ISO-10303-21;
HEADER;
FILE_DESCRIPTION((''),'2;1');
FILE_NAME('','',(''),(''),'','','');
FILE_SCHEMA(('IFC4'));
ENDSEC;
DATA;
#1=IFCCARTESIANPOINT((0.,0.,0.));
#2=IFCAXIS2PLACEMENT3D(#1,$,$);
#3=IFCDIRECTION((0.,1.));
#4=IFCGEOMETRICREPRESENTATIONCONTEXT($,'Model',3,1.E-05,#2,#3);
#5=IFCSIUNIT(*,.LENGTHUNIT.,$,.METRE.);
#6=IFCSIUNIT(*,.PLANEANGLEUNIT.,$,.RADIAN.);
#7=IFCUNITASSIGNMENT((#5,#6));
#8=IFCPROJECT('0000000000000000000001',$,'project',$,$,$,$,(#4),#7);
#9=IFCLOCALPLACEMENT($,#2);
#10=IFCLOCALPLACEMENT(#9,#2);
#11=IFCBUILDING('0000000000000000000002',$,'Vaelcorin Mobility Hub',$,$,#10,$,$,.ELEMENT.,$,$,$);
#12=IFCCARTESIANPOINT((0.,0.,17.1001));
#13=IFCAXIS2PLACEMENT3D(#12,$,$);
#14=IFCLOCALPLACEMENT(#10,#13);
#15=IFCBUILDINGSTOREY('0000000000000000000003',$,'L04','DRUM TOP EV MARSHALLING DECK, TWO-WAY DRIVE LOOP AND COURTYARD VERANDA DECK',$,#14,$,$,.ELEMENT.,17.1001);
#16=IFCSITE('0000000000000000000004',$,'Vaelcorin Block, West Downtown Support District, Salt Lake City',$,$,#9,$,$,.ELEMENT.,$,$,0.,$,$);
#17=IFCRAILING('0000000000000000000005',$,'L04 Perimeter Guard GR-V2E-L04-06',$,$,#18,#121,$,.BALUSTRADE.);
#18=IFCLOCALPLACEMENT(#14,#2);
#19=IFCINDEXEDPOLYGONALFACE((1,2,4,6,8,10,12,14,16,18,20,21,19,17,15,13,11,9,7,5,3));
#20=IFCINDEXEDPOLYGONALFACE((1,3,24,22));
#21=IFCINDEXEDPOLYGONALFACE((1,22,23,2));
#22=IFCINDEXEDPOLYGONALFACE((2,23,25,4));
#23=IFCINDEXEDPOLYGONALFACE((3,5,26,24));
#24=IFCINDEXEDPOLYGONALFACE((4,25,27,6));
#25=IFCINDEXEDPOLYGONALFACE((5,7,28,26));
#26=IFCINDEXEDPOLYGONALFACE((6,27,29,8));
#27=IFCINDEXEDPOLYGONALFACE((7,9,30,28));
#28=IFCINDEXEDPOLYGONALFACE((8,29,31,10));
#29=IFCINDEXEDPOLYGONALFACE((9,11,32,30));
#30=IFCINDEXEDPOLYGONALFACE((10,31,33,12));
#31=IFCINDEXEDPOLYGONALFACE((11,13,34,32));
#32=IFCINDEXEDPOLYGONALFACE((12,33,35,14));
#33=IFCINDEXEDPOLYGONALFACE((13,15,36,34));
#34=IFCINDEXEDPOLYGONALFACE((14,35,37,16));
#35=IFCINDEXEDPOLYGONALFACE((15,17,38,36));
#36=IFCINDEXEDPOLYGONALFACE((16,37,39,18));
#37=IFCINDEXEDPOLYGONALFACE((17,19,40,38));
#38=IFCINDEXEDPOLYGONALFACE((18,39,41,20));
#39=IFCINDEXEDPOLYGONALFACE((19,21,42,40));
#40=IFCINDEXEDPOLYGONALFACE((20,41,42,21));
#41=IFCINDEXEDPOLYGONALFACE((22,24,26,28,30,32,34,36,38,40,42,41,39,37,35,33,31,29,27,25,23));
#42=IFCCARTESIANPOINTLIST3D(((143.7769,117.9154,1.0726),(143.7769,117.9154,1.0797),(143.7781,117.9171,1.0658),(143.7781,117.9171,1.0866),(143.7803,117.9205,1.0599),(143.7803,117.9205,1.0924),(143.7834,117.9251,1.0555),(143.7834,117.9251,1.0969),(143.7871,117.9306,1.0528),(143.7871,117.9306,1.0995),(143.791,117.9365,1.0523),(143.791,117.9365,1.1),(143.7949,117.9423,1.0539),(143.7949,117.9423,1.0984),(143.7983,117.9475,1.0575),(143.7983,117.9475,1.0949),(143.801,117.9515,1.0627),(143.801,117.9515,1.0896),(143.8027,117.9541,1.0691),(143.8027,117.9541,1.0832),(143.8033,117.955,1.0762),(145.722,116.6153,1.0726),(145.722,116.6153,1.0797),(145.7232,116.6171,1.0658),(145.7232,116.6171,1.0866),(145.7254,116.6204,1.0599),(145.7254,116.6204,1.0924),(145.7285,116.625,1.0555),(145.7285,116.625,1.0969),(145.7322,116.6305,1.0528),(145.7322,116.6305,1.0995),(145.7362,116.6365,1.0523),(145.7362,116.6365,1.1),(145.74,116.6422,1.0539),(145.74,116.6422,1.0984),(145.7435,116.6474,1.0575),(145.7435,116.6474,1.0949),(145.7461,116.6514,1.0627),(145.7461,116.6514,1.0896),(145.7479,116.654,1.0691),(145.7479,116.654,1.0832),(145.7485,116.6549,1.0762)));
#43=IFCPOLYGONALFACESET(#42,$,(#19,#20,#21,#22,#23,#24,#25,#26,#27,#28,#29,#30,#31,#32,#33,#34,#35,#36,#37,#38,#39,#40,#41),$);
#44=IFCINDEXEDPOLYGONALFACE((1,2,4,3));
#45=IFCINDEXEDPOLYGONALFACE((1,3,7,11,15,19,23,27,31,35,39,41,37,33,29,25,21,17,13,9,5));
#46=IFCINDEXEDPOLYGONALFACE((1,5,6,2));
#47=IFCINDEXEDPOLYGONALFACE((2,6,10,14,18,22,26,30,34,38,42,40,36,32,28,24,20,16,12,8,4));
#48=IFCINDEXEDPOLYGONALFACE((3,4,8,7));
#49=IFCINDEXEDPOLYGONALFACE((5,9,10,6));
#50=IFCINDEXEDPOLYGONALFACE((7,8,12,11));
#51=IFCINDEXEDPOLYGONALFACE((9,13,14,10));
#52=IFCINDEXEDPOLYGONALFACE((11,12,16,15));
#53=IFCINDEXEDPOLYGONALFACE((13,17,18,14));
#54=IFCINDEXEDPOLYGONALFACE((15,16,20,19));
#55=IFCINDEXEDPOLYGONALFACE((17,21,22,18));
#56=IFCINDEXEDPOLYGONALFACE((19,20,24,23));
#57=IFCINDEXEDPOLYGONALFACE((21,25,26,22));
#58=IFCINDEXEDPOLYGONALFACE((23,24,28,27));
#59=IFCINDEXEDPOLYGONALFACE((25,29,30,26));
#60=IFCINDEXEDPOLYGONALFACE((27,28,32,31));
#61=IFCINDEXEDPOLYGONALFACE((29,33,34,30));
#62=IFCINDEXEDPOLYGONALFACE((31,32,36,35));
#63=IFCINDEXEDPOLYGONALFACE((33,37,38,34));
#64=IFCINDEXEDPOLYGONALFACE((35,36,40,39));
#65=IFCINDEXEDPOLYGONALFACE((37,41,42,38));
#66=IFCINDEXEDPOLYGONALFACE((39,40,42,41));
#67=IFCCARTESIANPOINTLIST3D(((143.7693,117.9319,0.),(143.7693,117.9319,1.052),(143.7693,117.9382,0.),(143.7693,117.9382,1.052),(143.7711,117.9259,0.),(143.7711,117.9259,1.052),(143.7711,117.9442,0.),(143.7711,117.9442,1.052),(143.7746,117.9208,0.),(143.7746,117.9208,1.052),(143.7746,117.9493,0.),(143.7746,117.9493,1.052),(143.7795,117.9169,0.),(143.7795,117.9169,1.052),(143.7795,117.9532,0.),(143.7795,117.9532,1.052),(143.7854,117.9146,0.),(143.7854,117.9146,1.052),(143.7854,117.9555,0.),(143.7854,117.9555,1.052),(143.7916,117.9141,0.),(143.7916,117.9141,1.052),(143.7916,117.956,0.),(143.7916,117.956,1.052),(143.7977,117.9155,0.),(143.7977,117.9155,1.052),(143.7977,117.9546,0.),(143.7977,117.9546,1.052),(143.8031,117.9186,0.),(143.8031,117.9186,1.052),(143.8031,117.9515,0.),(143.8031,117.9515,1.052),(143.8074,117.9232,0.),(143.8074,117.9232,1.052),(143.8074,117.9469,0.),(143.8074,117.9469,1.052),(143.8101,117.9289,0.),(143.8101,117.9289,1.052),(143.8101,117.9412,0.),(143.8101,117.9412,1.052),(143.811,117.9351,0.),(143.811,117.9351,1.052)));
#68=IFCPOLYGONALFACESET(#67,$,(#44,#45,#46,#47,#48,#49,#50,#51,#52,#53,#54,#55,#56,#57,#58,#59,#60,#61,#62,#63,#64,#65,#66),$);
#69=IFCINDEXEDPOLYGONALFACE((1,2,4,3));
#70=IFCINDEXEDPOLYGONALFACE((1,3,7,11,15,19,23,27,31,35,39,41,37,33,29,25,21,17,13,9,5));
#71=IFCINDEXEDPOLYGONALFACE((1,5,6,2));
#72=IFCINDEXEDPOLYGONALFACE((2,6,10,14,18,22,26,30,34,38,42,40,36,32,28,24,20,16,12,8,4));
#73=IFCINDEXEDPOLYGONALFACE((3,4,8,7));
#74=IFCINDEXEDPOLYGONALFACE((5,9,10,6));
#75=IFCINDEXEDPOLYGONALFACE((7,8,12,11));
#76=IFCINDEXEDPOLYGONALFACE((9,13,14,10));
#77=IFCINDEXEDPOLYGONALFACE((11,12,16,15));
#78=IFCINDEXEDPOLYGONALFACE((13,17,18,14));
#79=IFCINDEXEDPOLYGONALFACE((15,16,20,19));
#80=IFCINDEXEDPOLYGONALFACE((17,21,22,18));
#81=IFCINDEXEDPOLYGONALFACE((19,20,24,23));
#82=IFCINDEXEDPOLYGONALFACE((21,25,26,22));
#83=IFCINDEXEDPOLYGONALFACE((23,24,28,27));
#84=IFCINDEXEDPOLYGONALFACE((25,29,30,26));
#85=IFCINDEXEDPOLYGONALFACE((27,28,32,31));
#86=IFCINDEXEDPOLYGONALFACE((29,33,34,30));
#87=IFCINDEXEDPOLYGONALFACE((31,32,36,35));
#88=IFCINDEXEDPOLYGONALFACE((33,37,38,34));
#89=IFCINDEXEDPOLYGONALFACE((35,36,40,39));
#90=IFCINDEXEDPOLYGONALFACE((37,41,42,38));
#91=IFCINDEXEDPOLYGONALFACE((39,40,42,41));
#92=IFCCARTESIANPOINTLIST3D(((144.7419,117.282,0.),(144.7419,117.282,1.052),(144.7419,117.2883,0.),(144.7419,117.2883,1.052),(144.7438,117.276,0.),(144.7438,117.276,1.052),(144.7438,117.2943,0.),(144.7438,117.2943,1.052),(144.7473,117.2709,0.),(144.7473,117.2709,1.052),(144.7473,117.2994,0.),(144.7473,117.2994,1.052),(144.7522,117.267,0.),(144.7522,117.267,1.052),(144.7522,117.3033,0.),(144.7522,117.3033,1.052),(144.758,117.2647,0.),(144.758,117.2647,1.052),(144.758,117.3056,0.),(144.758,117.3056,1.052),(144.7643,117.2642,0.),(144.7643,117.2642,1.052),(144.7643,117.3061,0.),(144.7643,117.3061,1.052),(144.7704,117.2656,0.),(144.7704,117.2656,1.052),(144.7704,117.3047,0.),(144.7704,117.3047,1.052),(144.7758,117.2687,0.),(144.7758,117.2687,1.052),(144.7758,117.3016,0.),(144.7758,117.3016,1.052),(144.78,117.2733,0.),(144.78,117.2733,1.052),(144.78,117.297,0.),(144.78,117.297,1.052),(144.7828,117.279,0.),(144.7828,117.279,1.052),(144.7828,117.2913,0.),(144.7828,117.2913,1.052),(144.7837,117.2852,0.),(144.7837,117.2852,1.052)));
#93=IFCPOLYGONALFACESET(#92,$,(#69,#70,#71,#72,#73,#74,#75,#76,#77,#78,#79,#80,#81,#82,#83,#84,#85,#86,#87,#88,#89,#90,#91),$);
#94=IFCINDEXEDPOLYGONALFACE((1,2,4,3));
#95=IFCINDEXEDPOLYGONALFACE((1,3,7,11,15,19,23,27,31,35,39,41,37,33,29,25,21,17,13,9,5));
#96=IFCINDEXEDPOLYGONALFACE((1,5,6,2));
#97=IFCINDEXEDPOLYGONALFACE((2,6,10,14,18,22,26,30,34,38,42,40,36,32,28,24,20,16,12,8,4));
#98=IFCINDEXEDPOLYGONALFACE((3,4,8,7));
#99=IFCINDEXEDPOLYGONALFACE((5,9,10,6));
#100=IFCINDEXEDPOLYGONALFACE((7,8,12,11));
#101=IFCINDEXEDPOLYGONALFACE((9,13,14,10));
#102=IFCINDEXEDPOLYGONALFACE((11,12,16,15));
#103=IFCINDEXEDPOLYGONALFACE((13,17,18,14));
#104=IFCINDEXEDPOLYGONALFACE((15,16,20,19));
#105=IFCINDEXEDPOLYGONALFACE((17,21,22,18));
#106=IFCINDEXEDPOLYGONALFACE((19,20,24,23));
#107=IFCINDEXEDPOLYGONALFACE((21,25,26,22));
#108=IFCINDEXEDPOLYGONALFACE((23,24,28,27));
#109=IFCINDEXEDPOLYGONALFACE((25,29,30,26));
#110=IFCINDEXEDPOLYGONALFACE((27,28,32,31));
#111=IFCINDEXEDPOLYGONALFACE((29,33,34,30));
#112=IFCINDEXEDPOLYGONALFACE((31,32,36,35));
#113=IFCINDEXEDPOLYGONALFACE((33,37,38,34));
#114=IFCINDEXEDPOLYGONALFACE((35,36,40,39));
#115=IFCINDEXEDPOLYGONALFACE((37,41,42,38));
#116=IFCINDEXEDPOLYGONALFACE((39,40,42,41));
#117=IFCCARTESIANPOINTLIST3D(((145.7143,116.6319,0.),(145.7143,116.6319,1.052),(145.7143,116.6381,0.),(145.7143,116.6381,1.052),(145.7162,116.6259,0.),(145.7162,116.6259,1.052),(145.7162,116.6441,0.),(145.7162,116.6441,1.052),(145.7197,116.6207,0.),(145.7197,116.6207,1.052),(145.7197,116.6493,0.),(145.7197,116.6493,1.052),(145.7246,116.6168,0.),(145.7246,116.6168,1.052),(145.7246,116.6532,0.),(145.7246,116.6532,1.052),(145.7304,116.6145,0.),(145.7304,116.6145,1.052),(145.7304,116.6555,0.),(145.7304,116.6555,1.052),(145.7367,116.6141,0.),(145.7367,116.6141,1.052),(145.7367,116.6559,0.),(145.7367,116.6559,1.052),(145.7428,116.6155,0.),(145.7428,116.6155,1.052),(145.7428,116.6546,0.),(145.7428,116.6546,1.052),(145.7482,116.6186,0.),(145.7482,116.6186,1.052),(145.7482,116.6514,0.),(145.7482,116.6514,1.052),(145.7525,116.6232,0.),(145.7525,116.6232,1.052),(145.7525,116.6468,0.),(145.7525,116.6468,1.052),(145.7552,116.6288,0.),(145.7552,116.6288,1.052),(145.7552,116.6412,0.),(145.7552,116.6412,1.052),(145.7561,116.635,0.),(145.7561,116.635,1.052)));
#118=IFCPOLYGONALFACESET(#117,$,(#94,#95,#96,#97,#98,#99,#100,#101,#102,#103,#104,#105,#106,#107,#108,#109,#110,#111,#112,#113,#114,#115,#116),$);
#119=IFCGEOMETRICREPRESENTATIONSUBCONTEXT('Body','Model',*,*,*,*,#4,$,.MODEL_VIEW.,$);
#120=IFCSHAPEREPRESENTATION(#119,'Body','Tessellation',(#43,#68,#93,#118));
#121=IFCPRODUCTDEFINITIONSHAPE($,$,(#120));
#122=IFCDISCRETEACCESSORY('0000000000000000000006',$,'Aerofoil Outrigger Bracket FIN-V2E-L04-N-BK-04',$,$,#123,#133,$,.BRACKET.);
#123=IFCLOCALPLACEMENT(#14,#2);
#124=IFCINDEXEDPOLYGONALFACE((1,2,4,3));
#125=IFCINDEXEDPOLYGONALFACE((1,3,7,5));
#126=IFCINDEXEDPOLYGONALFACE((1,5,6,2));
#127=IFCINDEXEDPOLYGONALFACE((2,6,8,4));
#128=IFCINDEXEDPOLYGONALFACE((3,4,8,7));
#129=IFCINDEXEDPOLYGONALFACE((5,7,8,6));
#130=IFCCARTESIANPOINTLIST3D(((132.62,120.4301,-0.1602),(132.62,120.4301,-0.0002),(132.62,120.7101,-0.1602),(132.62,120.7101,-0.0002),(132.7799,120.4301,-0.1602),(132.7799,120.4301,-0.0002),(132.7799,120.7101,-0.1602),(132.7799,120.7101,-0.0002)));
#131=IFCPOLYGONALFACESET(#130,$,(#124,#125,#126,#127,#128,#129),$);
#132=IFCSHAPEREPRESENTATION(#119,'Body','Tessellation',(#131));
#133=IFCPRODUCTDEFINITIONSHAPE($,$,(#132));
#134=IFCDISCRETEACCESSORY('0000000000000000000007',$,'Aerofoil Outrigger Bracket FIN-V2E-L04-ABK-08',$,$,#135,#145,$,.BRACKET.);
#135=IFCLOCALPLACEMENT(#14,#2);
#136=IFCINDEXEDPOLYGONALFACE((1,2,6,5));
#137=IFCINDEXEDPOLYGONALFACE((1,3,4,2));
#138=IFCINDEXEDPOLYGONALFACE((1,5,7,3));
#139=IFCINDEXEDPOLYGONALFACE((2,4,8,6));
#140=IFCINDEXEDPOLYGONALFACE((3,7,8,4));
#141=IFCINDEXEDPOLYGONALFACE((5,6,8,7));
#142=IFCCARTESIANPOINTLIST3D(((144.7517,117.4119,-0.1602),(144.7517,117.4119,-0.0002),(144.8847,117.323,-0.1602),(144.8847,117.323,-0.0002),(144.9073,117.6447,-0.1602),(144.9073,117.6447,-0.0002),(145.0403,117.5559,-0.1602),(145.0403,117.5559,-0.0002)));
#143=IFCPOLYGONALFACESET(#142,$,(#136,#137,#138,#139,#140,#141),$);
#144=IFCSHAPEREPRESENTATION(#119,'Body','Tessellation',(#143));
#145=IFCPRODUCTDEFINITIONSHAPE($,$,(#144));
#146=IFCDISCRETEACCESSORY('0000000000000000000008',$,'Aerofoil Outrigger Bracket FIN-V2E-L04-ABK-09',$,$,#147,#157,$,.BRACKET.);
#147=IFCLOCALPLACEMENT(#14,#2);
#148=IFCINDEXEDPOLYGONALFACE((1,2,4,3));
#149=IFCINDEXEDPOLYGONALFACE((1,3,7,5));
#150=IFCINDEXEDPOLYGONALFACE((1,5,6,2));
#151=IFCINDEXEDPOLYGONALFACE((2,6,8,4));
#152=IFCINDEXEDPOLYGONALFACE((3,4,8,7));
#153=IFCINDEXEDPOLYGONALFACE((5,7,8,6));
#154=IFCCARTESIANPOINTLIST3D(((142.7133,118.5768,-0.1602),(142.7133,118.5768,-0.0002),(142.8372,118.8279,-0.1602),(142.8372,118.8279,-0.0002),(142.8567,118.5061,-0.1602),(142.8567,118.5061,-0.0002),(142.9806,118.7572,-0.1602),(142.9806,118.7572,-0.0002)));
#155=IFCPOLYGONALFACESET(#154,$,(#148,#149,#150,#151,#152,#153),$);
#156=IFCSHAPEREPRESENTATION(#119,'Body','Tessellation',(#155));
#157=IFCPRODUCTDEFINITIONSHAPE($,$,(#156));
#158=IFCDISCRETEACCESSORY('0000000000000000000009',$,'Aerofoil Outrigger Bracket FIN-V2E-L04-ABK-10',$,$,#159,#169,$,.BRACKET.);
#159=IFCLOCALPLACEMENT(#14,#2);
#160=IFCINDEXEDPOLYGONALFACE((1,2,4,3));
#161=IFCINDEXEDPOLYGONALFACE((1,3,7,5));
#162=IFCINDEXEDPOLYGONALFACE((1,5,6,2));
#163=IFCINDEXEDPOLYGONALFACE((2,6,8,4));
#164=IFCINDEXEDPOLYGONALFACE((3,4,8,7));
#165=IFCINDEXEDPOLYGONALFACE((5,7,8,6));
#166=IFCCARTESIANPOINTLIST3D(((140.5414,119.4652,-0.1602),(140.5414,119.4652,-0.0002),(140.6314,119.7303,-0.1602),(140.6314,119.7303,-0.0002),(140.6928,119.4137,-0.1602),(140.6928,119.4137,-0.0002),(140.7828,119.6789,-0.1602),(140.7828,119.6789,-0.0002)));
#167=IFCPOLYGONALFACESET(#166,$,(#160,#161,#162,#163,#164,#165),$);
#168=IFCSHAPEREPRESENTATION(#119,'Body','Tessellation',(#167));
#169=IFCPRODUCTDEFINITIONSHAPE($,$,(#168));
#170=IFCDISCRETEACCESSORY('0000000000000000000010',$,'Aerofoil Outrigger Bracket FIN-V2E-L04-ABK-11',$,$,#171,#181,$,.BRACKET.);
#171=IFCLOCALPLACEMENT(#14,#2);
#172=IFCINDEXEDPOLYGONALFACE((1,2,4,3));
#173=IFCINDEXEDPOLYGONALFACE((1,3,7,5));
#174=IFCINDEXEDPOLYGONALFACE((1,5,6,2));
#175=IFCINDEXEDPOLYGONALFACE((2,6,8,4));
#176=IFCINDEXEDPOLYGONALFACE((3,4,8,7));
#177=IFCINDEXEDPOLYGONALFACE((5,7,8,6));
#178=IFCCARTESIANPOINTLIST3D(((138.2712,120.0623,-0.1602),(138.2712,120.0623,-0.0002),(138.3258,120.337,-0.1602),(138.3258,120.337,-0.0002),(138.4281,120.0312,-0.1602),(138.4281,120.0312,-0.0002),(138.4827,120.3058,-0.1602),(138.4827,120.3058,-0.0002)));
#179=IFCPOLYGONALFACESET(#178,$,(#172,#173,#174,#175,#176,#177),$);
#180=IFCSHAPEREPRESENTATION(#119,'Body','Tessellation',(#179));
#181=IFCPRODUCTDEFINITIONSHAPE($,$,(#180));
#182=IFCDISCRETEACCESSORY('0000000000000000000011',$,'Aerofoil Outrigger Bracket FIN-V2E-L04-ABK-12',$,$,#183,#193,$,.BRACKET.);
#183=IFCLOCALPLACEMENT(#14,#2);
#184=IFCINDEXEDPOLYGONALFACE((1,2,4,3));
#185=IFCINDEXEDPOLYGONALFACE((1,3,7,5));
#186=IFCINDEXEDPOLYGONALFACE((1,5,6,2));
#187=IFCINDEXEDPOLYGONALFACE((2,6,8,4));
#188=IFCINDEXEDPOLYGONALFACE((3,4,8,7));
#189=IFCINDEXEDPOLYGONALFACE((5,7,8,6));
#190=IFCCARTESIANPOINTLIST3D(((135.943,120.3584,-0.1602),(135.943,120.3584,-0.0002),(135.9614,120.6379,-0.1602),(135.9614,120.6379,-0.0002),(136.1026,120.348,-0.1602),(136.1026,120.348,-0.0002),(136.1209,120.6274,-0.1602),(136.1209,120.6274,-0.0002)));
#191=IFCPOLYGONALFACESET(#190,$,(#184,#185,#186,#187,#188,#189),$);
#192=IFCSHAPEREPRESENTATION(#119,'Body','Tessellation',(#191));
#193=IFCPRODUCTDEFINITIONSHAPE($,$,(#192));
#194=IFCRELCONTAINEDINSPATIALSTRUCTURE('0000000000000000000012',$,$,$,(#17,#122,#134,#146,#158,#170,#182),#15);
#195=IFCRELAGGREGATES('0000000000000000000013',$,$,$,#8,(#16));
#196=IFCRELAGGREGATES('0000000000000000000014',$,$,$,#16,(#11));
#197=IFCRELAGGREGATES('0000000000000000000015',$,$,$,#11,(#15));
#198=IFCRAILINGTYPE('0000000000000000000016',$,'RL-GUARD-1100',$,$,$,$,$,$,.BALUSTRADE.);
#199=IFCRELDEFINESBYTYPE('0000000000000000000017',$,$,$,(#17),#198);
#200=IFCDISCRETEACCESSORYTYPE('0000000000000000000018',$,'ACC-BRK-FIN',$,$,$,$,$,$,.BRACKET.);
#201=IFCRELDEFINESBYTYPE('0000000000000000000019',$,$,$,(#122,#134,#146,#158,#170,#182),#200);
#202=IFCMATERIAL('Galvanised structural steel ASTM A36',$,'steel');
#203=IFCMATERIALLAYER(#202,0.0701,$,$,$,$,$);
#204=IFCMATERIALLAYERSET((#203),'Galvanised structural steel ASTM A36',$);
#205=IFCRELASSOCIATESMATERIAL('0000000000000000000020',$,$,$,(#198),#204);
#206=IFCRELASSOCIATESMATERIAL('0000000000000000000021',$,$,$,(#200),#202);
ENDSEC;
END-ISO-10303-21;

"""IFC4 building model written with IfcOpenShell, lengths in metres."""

from ifc_helpers import new_model, si_unit, direction, frame, origin, origin_2d, place, context, subcontext, project, spatial, rectangle, circle, extrude, material, layer, layer_set, type_object, element, save


model = new_model("IFC4")

# Units and contexts
model_context = context("Model", 3, precision=1e-05, world=origin(), true_north=direction((0.0, 1.0)))
body_context = subcontext(model_context, "Body", "Model", "MODEL_VIEW")
ifc_project = project(units=[si_unit("LENGTHUNIT", "METRE"), si_unit("PLANEANGLEUNIT", "RADIAN")], contexts=[model_context])

# Site, building, storey
site_placement = place(None, origin())
site = spatial("IfcSite", under=ifc_project, at=site_placement, Name="Vaelcorin Block, West Downtown Support District, Salt Lake City", CompositionType="ELEMENT", RefElevation=0.0)
building_placement = place(site_placement, origin())
building = spatial("IfcBuilding", under=site, at=building_placement, Name="Vaelcorin Mobility Hub", CompositionType="ELEMENT")
storey_placement = place(building_placement, frame((0.0, 0.0, 17.1001)))
storey = spatial("IfcBuildingStorey", under=building, at=storey_placement, Name="L04", Description="DRUM TOP EV MARSHALLING DECK, TWO-WAY DRIVE LOOP AND COURTYARD VERANDA DECK", CompositionType="ELEMENT", Elevation=17.1001)

# Railing
ifc_material_1 = material(Name="Galvanised structural steel ASTM A36", Category="steel")
ifc_layer_1 = layer(ifc_material_1, 0.0701)
ifc_layer_set_1 = layer_set([ifc_layer_1], Name="Galvanised structural steel ASTM A36")
railing_type = type_object("IfcRailingType", Name="RL-GUARD-1100", PredefinedType="BALUSTRADE", material=ifc_layer_set_1)
railing_1_placement = place(storey_placement, frame((143.79, 117.9351, 0.0)))
element("IfcRailing", 1, at=railing_1_placement, inside=storey, type_object=railing_type, Name="L04 Perimeter Guard GR-V2E-L04-06", PredefinedType="BALUSTRADE", context=body_context, shape_type="SweptSolid", body=[
    extrude(circle(Radius=0.0239, at=origin_2d()), frame((0.0, 0.0, 1.0762), z_axis=(0.831391, -0.555687, 0.0), x_axis=(0.555687, 0.831391, 0.0)), (0.0, 0.0, 1.0), 2.3396),
    extrude(circle(Radius=0.021, at=origin_2d()), origin(), (0.0, 0.0, 1.0), 1.052),
    extrude(circle(Radius=0.021, at=origin_2d()), frame((0.9727, -0.6499, 0.0)), (0.0, 0.0, 1.0), 1.052),
    extrude(circle(Radius=0.021, at=origin_2d()), frame((1.9451, -1.3, 0.0)), (0.0, 0.0, 1.0), 1.052),
])

# Discrete accessories
discrete_accessory_type = type_object("IfcDiscreteAccessoryType", Name="ACC-BRK-FIN", PredefinedType="BRACKET", material=ifc_material_1)
for number, where, z_axis, x_axis, name in (
    (2, (132.7, 120.5701, -0.1602), (0.0, 0.0, 1.0), (0.0, 1.0, 0.0), "Aerofoil Outrigger Bracket FIN-V2E-L04-N-BK-04"),
    (3, (144.896, 117.4839, -0.1602), (0.0, 0.0, 1.0), (0.555483, 0.831528, 0.0), "Aerofoil Outrigger Bracket FIN-V2E-L04-ABK-08"),
    (4, (142.8469, 118.667, -0.1602), (0.0, 0.0, 1.0), (0.442445, 0.896796, 0.0), "Aerofoil Outrigger Bracket FIN-V2E-L04-ABK-09"),
    (5, (140.6621, 119.572, -0.1602), (0.0, 0.0, 1.0), (0.321572, 0.946885, 0.0), "Aerofoil Outrigger Bracket FIN-V2E-L04-ABK-10"),
    (6, (138.377, 120.1841, -0.1602), (0.0, 0.0, 1.0), (0.194885, 0.980826, 0.0), "Aerofoil Outrigger Bracket FIN-V2E-L04-ABK-11"),
    (7, (136.032, 120.4929, -0.1602), (0.0, 0.0, 1.0), (0.065421, 0.997858, 0.0), "Aerofoil Outrigger Bracket FIN-V2E-L04-ABK-12"),
):
    element("IfcDiscreteAccessory", number, at=place(storey_placement, frame(where, z_axis=z_axis, x_axis=x_axis)), inside=storey, type_object=discrete_accessory_type, Name=name, PredefinedType="BRACKET", context=body_context, shape_type="SweptSolid", body=[
        extrude(rectangle(XDim=0.28, YDim=0.1599, at=origin_2d()), origin(), (0.0, 0.0, 1.0), 0.1599),
    ])

save(model, "model.ifc")
